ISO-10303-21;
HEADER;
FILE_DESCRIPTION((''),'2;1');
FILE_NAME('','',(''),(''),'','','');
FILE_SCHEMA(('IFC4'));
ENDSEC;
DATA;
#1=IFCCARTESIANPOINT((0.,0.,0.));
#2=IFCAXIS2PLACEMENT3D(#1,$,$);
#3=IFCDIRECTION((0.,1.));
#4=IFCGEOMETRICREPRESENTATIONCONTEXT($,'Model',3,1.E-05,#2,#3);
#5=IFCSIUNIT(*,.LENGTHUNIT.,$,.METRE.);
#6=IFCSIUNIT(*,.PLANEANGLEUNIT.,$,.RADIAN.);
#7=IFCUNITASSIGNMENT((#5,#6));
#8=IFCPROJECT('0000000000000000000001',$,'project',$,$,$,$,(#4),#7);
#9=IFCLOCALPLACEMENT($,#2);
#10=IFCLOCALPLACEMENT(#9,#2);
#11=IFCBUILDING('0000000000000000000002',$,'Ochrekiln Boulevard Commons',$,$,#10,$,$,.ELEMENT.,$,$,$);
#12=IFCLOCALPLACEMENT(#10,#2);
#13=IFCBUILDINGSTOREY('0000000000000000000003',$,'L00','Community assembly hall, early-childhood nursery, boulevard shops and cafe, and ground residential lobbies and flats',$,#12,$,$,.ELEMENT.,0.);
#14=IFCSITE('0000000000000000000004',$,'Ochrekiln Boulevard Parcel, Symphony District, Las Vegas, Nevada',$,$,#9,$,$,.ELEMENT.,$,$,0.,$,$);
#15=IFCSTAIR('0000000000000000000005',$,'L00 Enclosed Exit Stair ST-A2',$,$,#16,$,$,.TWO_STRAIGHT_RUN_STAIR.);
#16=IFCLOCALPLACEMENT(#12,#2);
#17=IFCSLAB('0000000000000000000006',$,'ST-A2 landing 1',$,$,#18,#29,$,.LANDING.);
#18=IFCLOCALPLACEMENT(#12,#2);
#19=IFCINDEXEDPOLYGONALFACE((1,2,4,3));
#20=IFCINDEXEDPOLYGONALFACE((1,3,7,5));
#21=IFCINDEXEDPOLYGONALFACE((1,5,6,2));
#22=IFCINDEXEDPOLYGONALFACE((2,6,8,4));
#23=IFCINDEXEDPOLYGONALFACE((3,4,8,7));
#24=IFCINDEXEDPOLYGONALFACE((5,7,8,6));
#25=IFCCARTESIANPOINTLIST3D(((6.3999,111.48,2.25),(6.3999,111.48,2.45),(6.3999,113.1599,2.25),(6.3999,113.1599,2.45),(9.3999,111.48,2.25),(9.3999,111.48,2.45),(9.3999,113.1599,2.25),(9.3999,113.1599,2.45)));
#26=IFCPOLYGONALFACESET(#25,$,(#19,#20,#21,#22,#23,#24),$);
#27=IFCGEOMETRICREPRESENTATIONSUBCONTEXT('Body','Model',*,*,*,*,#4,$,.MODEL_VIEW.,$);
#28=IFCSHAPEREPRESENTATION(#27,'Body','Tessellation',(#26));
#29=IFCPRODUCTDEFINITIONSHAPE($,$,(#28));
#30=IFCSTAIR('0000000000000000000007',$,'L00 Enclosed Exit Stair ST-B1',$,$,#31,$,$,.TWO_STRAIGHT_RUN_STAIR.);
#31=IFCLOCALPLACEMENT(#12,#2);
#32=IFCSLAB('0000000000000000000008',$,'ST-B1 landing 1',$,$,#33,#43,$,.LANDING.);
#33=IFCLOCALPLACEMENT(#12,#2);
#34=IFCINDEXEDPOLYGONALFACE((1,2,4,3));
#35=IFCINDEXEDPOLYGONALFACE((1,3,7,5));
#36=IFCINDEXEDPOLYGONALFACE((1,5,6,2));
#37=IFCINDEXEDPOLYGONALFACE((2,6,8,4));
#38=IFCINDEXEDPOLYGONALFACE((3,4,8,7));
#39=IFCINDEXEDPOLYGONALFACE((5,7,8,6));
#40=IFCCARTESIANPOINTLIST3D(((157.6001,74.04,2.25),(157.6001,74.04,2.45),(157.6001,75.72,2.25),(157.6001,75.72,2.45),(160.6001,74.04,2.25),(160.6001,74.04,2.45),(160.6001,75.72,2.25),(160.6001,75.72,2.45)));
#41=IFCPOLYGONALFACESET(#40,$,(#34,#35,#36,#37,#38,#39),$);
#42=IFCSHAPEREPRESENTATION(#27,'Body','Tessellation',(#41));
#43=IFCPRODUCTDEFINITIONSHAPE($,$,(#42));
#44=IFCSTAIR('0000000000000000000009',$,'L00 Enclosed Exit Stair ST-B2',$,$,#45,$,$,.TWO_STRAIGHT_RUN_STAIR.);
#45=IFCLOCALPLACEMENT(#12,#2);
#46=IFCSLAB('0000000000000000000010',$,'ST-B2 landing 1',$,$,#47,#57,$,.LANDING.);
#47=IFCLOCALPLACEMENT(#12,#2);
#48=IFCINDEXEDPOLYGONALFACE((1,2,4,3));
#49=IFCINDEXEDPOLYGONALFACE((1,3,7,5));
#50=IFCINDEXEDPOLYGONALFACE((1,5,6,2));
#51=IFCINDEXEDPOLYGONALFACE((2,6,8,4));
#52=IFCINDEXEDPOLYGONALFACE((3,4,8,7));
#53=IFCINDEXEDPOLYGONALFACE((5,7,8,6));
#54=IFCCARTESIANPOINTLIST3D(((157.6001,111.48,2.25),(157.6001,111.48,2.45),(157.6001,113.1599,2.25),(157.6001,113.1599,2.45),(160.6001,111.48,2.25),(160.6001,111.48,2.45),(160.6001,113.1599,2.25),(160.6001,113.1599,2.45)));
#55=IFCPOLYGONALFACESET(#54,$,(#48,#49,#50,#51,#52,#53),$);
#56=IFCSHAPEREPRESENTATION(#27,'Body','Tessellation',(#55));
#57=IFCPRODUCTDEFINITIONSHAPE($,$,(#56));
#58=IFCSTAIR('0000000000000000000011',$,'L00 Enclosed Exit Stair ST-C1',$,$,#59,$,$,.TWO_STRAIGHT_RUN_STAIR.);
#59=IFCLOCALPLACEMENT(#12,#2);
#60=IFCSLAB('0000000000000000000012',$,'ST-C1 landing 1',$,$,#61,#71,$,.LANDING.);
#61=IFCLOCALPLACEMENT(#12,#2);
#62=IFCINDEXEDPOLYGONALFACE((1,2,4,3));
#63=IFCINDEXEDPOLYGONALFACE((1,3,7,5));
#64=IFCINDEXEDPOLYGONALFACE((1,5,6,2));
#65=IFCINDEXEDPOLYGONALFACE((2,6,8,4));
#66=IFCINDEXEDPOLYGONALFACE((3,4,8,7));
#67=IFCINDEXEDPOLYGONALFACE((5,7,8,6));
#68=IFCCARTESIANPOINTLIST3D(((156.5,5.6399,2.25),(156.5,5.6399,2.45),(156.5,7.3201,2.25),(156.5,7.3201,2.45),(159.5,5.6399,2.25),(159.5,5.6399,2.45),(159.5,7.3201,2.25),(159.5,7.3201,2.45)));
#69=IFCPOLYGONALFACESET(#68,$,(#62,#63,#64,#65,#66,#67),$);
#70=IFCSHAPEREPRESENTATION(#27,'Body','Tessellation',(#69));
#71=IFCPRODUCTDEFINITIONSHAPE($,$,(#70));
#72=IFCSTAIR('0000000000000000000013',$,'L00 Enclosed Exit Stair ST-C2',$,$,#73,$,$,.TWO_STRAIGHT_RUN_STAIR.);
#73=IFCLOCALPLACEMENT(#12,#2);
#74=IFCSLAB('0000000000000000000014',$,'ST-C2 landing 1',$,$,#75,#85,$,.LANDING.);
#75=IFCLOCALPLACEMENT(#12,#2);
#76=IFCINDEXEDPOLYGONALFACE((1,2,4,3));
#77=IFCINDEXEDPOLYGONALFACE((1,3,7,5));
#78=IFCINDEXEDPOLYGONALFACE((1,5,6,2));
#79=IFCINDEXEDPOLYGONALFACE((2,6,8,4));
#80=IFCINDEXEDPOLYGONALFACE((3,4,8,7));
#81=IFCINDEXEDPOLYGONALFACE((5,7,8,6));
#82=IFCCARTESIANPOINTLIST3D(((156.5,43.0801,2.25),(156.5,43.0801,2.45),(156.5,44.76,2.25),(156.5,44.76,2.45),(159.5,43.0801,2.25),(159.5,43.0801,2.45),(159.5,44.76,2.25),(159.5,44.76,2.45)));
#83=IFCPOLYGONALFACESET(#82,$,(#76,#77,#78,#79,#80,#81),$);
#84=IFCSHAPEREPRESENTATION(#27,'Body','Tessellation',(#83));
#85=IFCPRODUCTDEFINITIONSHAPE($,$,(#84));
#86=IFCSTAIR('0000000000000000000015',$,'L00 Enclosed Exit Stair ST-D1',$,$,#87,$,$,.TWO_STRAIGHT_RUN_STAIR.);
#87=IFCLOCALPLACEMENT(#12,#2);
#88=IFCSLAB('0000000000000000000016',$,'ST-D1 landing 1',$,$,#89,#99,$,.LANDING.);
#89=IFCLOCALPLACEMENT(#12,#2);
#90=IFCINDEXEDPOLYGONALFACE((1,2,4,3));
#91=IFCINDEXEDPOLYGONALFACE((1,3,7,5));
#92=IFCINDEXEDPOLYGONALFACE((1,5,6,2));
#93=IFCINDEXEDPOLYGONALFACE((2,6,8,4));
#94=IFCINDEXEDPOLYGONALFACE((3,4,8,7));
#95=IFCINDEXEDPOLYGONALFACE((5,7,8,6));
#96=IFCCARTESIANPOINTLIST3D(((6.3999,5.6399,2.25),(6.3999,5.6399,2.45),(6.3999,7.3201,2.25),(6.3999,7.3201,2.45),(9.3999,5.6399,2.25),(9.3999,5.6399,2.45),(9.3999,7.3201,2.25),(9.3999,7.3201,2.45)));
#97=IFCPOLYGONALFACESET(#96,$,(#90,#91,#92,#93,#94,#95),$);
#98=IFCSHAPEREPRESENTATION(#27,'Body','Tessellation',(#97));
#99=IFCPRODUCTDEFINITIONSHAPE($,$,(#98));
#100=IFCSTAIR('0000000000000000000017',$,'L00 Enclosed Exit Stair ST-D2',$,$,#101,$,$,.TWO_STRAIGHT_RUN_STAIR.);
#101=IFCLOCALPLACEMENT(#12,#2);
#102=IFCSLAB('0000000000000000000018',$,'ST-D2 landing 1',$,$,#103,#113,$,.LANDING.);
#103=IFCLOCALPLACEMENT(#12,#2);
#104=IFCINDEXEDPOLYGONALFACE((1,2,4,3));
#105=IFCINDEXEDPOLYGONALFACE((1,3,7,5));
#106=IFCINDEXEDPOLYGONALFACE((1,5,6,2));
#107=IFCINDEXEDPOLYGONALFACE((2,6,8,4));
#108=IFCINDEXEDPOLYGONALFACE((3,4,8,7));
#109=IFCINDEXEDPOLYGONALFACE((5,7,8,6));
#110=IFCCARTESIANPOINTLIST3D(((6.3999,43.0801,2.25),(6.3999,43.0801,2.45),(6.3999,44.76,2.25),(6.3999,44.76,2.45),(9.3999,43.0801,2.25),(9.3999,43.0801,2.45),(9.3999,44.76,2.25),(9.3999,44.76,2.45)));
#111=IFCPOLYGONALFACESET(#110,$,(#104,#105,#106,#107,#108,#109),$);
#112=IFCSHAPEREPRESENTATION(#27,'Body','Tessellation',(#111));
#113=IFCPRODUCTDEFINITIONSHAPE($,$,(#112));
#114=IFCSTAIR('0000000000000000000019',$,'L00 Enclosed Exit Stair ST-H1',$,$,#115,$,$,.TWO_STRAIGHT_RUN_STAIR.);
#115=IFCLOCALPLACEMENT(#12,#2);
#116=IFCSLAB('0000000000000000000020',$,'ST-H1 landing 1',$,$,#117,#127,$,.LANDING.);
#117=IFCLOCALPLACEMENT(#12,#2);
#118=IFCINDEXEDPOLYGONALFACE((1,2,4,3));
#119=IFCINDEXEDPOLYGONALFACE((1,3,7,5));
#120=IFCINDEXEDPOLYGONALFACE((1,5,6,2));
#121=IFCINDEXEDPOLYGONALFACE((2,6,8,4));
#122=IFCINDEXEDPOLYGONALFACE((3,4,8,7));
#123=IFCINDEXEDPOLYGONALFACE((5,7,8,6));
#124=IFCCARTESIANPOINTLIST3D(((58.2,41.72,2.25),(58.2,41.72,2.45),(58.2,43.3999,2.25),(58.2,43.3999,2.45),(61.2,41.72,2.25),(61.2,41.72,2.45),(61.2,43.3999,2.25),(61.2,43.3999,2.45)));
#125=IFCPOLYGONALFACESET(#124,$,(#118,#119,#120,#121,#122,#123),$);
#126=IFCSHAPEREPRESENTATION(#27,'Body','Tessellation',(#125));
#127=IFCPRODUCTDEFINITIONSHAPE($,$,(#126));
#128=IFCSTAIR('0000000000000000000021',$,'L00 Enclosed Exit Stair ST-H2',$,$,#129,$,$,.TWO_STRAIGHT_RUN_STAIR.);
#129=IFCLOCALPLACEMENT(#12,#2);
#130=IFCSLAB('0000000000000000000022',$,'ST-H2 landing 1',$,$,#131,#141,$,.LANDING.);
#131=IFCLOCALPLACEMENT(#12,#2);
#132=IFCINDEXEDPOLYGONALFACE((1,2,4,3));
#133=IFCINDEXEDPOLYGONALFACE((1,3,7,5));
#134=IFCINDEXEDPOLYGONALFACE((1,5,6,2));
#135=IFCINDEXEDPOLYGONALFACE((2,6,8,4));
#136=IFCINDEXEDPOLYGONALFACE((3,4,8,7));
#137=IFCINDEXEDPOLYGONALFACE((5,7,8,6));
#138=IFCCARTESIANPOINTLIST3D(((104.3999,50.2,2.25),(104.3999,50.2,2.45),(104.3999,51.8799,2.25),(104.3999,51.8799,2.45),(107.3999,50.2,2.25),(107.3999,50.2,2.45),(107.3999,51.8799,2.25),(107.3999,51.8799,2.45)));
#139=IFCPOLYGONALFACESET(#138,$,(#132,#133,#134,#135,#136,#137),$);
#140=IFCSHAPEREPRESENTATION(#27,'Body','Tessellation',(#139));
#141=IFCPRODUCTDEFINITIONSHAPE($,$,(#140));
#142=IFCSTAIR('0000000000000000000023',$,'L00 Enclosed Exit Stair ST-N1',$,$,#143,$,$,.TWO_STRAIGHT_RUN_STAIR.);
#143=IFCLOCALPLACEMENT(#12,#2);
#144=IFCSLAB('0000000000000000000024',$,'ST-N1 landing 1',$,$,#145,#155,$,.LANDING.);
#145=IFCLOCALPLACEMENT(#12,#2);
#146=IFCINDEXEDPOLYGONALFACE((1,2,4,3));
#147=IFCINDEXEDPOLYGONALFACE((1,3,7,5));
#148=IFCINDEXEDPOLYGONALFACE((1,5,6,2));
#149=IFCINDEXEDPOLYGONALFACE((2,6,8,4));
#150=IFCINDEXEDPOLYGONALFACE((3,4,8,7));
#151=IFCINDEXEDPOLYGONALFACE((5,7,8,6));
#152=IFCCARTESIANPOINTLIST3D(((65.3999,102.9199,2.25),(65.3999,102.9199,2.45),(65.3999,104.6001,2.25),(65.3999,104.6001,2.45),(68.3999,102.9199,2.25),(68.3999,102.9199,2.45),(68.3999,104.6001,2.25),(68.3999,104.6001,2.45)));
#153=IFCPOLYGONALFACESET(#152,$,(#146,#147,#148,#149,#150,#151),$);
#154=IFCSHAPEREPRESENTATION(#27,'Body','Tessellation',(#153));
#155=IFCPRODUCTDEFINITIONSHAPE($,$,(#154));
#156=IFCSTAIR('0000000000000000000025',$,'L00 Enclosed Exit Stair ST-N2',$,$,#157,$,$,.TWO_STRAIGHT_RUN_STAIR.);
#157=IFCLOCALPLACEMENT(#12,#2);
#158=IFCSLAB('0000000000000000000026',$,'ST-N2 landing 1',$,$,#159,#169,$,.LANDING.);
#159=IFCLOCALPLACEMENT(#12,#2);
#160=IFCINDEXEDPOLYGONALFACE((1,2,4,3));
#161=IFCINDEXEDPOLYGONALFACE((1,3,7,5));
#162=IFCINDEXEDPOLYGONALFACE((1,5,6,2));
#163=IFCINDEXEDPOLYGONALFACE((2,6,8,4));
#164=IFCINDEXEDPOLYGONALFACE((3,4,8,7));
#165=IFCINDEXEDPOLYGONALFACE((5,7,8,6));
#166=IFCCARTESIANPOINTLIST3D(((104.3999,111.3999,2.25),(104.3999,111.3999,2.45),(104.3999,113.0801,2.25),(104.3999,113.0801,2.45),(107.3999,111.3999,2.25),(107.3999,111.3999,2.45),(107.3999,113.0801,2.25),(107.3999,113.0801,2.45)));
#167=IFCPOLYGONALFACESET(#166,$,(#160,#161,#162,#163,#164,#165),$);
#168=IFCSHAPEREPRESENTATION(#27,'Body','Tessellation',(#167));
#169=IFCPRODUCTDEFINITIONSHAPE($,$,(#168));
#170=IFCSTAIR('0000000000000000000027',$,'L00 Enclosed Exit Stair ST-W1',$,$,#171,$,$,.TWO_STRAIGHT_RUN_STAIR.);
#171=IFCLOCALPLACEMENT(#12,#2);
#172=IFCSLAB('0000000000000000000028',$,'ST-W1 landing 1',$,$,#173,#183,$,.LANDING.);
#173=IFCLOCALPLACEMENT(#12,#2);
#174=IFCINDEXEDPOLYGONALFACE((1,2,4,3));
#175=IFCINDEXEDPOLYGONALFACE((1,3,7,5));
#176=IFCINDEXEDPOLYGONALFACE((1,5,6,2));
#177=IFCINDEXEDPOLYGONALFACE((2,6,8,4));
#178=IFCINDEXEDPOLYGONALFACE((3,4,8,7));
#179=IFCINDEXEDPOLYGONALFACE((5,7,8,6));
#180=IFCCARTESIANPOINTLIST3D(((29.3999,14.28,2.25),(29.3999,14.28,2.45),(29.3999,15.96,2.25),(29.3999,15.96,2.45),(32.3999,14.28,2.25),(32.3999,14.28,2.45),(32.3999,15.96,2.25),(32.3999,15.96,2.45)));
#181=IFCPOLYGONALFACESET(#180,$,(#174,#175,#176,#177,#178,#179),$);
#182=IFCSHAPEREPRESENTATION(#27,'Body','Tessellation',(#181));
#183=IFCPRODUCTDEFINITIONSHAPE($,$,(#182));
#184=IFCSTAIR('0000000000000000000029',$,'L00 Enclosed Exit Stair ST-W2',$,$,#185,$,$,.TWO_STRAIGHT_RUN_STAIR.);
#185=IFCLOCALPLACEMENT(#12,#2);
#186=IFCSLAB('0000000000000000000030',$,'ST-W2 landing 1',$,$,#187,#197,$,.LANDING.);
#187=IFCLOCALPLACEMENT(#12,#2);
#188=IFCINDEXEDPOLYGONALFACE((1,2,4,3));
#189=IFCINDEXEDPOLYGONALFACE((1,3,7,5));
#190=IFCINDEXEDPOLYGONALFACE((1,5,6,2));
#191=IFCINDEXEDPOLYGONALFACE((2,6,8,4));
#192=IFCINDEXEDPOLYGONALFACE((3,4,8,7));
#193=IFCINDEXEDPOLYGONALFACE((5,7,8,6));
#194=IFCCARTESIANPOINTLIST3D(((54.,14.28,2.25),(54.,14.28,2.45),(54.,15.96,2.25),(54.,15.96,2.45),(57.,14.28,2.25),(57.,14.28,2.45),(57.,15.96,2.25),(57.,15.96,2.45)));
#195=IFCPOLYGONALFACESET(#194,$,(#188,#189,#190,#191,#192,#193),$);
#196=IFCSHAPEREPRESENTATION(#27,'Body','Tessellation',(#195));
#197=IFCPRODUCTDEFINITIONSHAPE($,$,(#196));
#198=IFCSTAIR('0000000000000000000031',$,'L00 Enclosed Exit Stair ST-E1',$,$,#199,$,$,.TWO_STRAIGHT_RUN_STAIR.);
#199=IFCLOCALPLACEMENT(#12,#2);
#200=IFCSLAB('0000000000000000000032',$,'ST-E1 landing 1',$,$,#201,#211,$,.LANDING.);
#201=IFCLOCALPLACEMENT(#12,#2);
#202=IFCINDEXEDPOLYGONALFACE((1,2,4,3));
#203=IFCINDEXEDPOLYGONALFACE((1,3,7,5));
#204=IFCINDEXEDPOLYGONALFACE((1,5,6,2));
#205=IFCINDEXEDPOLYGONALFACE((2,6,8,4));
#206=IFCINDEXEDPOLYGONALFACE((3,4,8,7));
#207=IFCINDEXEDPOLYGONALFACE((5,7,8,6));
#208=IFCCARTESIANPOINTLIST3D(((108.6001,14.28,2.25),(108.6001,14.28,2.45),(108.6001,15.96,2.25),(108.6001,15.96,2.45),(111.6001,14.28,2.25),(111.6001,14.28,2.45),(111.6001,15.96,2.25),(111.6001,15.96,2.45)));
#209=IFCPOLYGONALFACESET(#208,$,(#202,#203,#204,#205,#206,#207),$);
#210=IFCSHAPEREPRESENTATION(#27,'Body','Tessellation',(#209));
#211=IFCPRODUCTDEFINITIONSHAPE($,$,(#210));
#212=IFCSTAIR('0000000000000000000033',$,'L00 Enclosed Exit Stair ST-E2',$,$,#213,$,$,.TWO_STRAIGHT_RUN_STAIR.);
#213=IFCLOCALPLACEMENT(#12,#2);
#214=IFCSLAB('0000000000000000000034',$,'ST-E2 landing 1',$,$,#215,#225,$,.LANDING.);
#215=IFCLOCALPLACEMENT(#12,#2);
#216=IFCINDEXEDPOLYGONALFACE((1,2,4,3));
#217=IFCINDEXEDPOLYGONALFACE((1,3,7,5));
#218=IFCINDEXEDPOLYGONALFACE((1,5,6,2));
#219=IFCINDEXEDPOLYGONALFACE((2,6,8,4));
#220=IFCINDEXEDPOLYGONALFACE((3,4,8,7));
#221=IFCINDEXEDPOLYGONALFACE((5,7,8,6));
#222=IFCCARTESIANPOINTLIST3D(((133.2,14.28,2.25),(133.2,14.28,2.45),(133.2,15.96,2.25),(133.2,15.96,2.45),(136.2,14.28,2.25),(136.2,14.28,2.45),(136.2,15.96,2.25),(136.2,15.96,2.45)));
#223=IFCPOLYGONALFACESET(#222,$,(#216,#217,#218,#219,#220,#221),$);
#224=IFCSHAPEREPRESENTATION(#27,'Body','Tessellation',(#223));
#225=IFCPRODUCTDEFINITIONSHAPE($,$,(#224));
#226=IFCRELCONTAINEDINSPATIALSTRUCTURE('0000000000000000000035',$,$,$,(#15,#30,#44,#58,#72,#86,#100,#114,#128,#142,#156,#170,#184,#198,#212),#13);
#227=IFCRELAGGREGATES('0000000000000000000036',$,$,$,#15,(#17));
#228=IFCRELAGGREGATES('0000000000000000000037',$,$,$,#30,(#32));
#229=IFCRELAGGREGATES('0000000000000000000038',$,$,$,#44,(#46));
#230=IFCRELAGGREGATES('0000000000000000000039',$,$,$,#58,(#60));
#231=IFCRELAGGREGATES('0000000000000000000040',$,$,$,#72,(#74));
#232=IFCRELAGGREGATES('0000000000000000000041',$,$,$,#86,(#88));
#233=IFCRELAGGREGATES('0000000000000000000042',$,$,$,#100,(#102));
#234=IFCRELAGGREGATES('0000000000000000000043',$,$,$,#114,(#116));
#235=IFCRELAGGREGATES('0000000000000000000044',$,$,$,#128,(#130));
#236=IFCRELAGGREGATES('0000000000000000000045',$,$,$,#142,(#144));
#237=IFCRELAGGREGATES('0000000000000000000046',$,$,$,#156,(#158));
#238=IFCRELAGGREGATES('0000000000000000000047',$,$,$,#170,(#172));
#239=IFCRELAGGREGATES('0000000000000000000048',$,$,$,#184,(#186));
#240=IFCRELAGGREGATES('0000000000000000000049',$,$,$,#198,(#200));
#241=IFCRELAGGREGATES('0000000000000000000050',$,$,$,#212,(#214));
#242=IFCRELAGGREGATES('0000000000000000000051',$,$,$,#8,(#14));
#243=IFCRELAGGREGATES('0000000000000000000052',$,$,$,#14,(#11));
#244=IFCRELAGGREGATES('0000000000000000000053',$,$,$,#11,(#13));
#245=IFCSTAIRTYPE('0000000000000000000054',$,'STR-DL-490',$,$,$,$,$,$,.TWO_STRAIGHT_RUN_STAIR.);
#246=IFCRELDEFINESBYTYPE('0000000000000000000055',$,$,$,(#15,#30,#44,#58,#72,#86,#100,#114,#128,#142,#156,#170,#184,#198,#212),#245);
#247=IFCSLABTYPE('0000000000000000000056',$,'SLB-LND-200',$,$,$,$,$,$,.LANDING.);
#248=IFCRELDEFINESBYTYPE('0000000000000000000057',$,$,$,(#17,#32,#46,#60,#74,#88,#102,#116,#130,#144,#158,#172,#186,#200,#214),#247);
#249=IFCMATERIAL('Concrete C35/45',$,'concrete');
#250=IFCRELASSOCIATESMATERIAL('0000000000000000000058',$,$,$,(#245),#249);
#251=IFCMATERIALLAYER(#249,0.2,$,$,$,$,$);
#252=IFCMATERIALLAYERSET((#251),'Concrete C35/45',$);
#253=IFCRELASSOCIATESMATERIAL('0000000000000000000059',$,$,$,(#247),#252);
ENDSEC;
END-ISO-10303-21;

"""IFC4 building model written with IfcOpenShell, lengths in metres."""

from ifc_helpers import new_model, si_unit, direction, frame, origin, place, context, subcontext, project, spatial, polyline, outline, extrude, material, layer, layer_set, type_object, element, aggregate, save


model = new_model("IFC4")

# Units and contexts
model_context = context("Model", 3, precision=1e-05, world=origin(), true_north=direction((0.0, 1.0)))
body_context = subcontext(model_context, "Body", "Model", "MODEL_VIEW")
ifc_project = project(units=[si_unit("LENGTHUNIT", "METRE"), si_unit("PLANEANGLEUNIT", "RADIAN")], contexts=[model_context])

# Site, building, storey
site_placement = place(None, origin())
site = spatial("IfcSite", under=ifc_project, at=site_placement, Name="Ochrekiln Boulevard Parcel, Symphony District, Las Vegas, Nevada", CompositionType="ELEMENT", RefElevation=0.0)
building_placement = place(site_placement, origin())
building = spatial("IfcBuilding", under=site, at=building_placement, Name="Ochrekiln Boulevard Commons", CompositionType="ELEMENT")
storey_placement = place(building_placement, origin())
storey = spatial("IfcBuildingStorey", under=building, at=storey_placement, Name="L00", Description="Community assembly hall, early-childhood nursery, boulevard shops and cafe, and ground residential lobbies and flats", CompositionType="ELEMENT", Elevation=0.0)

# Stairs, slabs
ifc_material_1 = material(Name="Concrete C35/45", Category="concrete")
stair_type = type_object("IfcStairType", Name="STR-DL-490", PredefinedType="TWO_STRAIGHT_RUN_STAIR", material=ifc_material_1)
stair_1_placement = place(storey_placement, origin())
stair_1 = element("IfcStair", 1, at=stair_1_placement, inside=storey, type_object=stair_type, Name="L00 Enclosed Exit Stair ST-A2", PredefinedType="TWO_STRAIGHT_RUN_STAIR")
ifc_layer_1 = layer(ifc_material_1, 0.2)
ifc_layer_set_1 = layer_set([ifc_layer_1], Name="Concrete C35/45")
slab_type_1 = type_object("IfcSlabType", Name="SLB-LND-200", PredefinedType="LANDING", material=ifc_layer_set_1)
slab_1_placement = place(storey_placement, frame((0.0, 0.0, 2.25)))
slab_1 = element("IfcSlab", 2, at=slab_1_placement, type_object=slab_type_1, Name="ST-A2 landing 1", PredefinedType="LANDING", context=body_context, shape_type="SweptSolid", body=[
    extrude(outline(polyline([(6.3999, 113.1599), (6.3999, 111.48), (9.3999, 111.48), (9.3999, 113.1599), (6.3999, 113.1599)])), origin(), (0.0, 0.0, 1.0), 0.2),
])
aggregate(stair_1, [slab_1])
stair_2_placement = place(storey_placement, origin())
stair_2 = element("IfcStair", 3, at=stair_2_placement, inside=storey, type_object=stair_type, Name="L00 Enclosed Exit Stair ST-B1", PredefinedType="TWO_STRAIGHT_RUN_STAIR")
slab_2_placement = place(storey_placement, frame((0.0, 0.0, 2.25)))
slab_2 = element("IfcSlab", 4, at=slab_2_placement, type_object=slab_type_1, Name="ST-B1 landing 1", PredefinedType="LANDING", context=body_context, shape_type="SweptSolid", body=[
    extrude(outline(polyline([(160.6001, 74.04), (160.6001, 75.72), (157.6001, 75.72), (157.6001, 74.04), (160.6001, 74.04)])), origin(), (0.0, 0.0, 1.0), 0.2),
])
aggregate(stair_2, [slab_2])
stair_3_placement = place(storey_placement, origin())
stair_3 = element("IfcStair", 5, at=stair_3_placement, inside=storey, type_object=stair_type, Name="L00 Enclosed Exit Stair ST-B2", PredefinedType="TWO_STRAIGHT_RUN_STAIR")
slab_3_placement = place(storey_placement, frame((0.0, 0.0, 2.25)))
slab_3 = element("IfcSlab", 6, at=slab_3_placement, type_object=slab_type_1, Name="ST-B2 landing 1", PredefinedType="LANDING", context=body_context, shape_type="SweptSolid", body=[
    extrude(outline(polyline([(157.6001, 113.1599), (157.6001, 111.48), (160.6001, 111.48), (160.6001, 113.1599), (157.6001, 113.1599)])), origin(), (0.0, 0.0, 1.0), 0.2),
])
aggregate(stair_3, [slab_3])
stair_4_placement = place(storey_placement, origin())
stair_4 = element("IfcStair", 7, at=stair_4_placement, inside=storey, type_object=stair_type, Name="L00 Enclosed Exit Stair ST-C1", PredefinedType="TWO_STRAIGHT_RUN_STAIR")
slab_4_placement = place(storey_placement, frame((0.0, 0.0, 2.25)))
slab_4 = element("IfcSlab", 8, at=slab_4_placement, type_object=slab_type_1, Name="ST-C1 landing 1", PredefinedType="LANDING", context=body_context, shape_type="SweptSolid", body=[
    extrude(outline(polyline([(159.5, 5.6399), (159.5, 7.3201), (156.5, 7.3201), (156.5, 5.6399), (159.5, 5.6399)])), origin(), (0.0, 0.0, 1.0), 0.2),
])
aggregate(stair_4, [slab_4])
stair_5_placement = place(storey_placement, origin())
stair_5 = element("IfcStair", 9, at=stair_5_placement, inside=storey, type_object=stair_type, Name="L00 Enclosed Exit Stair ST-C2", PredefinedType="TWO_STRAIGHT_RUN_STAIR")
slab_5_placement = place(storey_placement, frame((0.0, 0.0, 2.25)))
slab_5 = element("IfcSlab", 10, at=slab_5_placement, type_object=slab_type_1, Name="ST-C2 landing 1", PredefinedType="LANDING", context=body_context, shape_type="SweptSolid", body=[
    extrude(outline(polyline([(156.5, 44.76), (156.5, 43.0801), (159.5, 43.0801), (159.5, 44.76), (156.5, 44.76)])), origin(), (0.0, 0.0, 1.0), 0.2),
])
aggregate(stair_5, [slab_5])
stair_6_placement = place(storey_placement, origin())
stair_6 = element("IfcStair", 11, at=stair_6_placement, inside=storey, type_object=stair_type, Name="L00 Enclosed Exit Stair ST-D1", PredefinedType="TWO_STRAIGHT_RUN_STAIR")
slab_6_placement = place(storey_placement, frame((0.0, 0.0, 2.25)))
slab_6 = element("IfcSlab", 12, at=slab_6_placement, type_object=slab_type_1, Name="ST-D1 landing 1", PredefinedType="LANDING", context=body_context, shape_type="SweptSolid", body=[
    extrude(outline(polyline([(9.3999, 5.6399), (9.3999, 7.3201), (6.3999, 7.3201), (6.3999, 5.6399), (9.3999, 5.6399)])), origin(), (0.0, 0.0, 1.0), 0.2),
])
aggregate(stair_6, [slab_6])
stair_7_placement = place(storey_placement, origin())
stair_7 = element("IfcStair", 13, at=stair_7_placement, inside=storey, type_object=stair_type, Name="L00 Enclosed Exit Stair ST-D2", PredefinedType="TWO_STRAIGHT_RUN_STAIR")
slab_7_placement = place(storey_placement, frame((0.0, 0.0, 2.25)))
slab_7 = element("IfcSlab", 14, at=slab_7_placement, type_object=slab_type_1, Name="ST-D2 landing 1", PredefinedType="LANDING", context=body_context, shape_type="SweptSolid", body=[
    extrude(outline(polyline([(6.3999, 44.76), (6.3999, 43.0801), (9.3999, 43.0801), (9.3999, 44.76), (6.3999, 44.76)])), origin(), (0.0, 0.0, 1.0), 0.2),
])
aggregate(stair_7, [slab_7])
stair_8_placement = place(storey_placement, origin())
stair_8 = element("IfcStair", 15, at=stair_8_placement, inside=storey, type_object=stair_type, Name="L00 Enclosed Exit Stair ST-H1", PredefinedType="TWO_STRAIGHT_RUN_STAIR")
slab_8_placement = place(storey_placement, frame((0.0, 0.0, 2.25)))
slab_8 = element("IfcSlab", 16, at=slab_8_placement, type_object=slab_type_1, Name="ST-H1 landing 1", PredefinedType="LANDING", context=body_context, shape_type="SweptSolid", body=[
    extrude(outline(polyline([(61.2, 41.72), (61.2, 43.3999), (58.2, 43.3999), (58.2, 41.72), (61.2, 41.72)])), origin(), (0.0, 0.0, 1.0), 0.2),
])
aggregate(stair_8, [slab_8])
stair_9_placement = place(storey_placement, origin())
stair_9 = element("IfcStair", 17, at=stair_9_placement, inside=storey, type_object=stair_type, Name="L00 Enclosed Exit Stair ST-H2", PredefinedType="TWO_STRAIGHT_RUN_STAIR")
slab_9_placement = place(storey_placement, frame((0.0, 0.0, 2.25)))
slab_9 = element("IfcSlab", 18, at=slab_9_placement, type_object=slab_type_1, Name="ST-H2 landing 1", PredefinedType="LANDING", context=body_context, shape_type="SweptSolid", body=[
    extrude(outline(polyline([(104.3999, 51.8799), (104.3999, 50.2), (107.3999, 50.2), (107.3999, 51.8799), (104.3999, 51.8799)])), origin(), (0.0, 0.0, 1.0), 0.2),
])
aggregate(stair_9, [slab_9])
stair_10_placement = place(storey_placement, origin())
stair_10 = element("IfcStair", 19, at=stair_10_placement, inside=storey, type_object=stair_type, Name="L00 Enclosed Exit Stair ST-N1", PredefinedType="TWO_STRAIGHT_RUN_STAIR")
slab_10_placement = place(storey_placement, frame((0.0, 0.0, 2.25)))
slab_10 = element("IfcSlab", 20, at=slab_10_placement, type_object=slab_type_1, Name="ST-N1 landing 1", PredefinedType="LANDING", context=body_context, shape_type="SweptSolid", body=[
    extrude(outline(polyline([(68.3999, 102.9199), (68.3999, 104.6001), (65.3999, 104.6001), (65.3999, 102.9199), (68.3999, 102.9199)])), origin(), (0.0, 0.0, 1.0), 0.2),
])
aggregate(stair_10, [slab_10])
stair_11_placement = place(storey_placement, origin())
stair_11 = element("IfcStair", 21, at=stair_11_placement, inside=storey, type_object=stair_type, Name="L00 Enclosed Exit Stair ST-N2", PredefinedType="TWO_STRAIGHT_RUN_STAIR")
slab_11_placement = place(storey_placement, frame((0.0, 0.0, 2.25)))
slab_11 = element("IfcSlab", 22, at=slab_11_placement, type_object=slab_type_1, Name="ST-N2 landing 1", PredefinedType="LANDING", context=body_context, shape_type="SweptSolid", body=[
    extrude(outline(polyline([(104.3999, 113.0801), (104.3999, 111.3999), (107.3999, 111.3999), (107.3999, 113.0801), (104.3999, 113.0801)])), origin(), (0.0, 0.0, 1.0), 0.2),
])
aggregate(stair_11, [slab_11])
stair_12_placement = place(storey_placement, origin())
stair_12 = element("IfcStair", 23, at=stair_12_placement, inside=storey, type_object=stair_type, Name="L00 Enclosed Exit Stair ST-W1", PredefinedType="TWO_STRAIGHT_RUN_STAIR")
slab_12_placement = place(storey_placement, frame((0.0, 0.0, 2.25)))
slab_12 = element("IfcSlab", 24, at=slab_12_placement, type_object=slab_type_1, Name="ST-W1 landing 1", PredefinedType="LANDING", context=body_context, shape_type="SweptSolid", body=[
    extrude(outline(polyline([(29.3999, 15.96), (29.3999, 14.28), (32.3999, 14.28), (32.3999, 15.96), (29.3999, 15.96)])), origin(), (0.0, 0.0, 1.0), 0.2),
])
aggregate(stair_12, [slab_12])
stair_13_placement = place(storey_placement, origin())
stair_13 = element("IfcStair", 25, at=stair_13_placement, inside=storey, type_object=stair_type, Name="L00 Enclosed Exit Stair ST-W2", PredefinedType="TWO_STRAIGHT_RUN_STAIR")
slab_13_placement = place(storey_placement, frame((0.0, 0.0, 2.25)))
slab_13 = element("IfcSlab", 26, at=slab_13_placement, type_object=slab_type_1, Name="ST-W2 landing 1", PredefinedType="LANDING", context=body_context, shape_type="SweptSolid", body=[
    extrude(outline(polyline([(54.0, 15.96), (54.0, 14.28), (57.0, 14.28), (57.0, 15.96), (54.0, 15.96)])), origin(), (0.0, 0.0, 1.0), 0.2),
])
aggregate(stair_13, [slab_13])
stair_14_placement = place(storey_placement, origin())
stair_14 = element("IfcStair", 27, at=stair_14_placement, inside=storey, type_object=stair_type, Name="L00 Enclosed Exit Stair ST-E1", PredefinedType="TWO_STRAIGHT_RUN_STAIR")
slab_14_placement = place(storey_placement, frame((0.0, 0.0, 2.25)))
slab_14 = element("IfcSlab", 28, at=slab_14_placement, type_object=slab_type_1, Name="ST-E1 landing 1", PredefinedType="LANDING", context=body_context, shape_type="SweptSolid", body=[
    extrude(outline(polyline([(108.6001, 15.96), (108.6001, 14.28), (111.6001, 14.28), (111.6001, 15.96), (108.6001, 15.96)])), origin(), (0.0, 0.0, 1.0), 0.2),
])
aggregate(stair_14, [slab_14])
stair_15_placement = place(storey_placement, origin())
stair_15 = element("IfcStair", 29, at=stair_15_placement, inside=storey, type_object=stair_type, Name="L00 Enclosed Exit Stair ST-E2", PredefinedType="TWO_STRAIGHT_RUN_STAIR")
slab_15_placement = place(storey_placement, frame((0.0, 0.0, 2.25)))
slab_15 = element("IfcSlab", 30, at=slab_15_placement, type_object=slab_type_1, Name="ST-E2 landing 1", PredefinedType="LANDING", context=body_context, shape_type="SweptSolid", body=[
    extrude(outline(polyline([(133.2, 15.96), (133.2, 14.28), (136.2, 14.28), (136.2, 15.96), (133.2, 15.96)])), origin(), (0.0, 0.0, 1.0), 0.2),
])
aggregate(stair_15, [slab_15])

save(model, "model.ifc")
